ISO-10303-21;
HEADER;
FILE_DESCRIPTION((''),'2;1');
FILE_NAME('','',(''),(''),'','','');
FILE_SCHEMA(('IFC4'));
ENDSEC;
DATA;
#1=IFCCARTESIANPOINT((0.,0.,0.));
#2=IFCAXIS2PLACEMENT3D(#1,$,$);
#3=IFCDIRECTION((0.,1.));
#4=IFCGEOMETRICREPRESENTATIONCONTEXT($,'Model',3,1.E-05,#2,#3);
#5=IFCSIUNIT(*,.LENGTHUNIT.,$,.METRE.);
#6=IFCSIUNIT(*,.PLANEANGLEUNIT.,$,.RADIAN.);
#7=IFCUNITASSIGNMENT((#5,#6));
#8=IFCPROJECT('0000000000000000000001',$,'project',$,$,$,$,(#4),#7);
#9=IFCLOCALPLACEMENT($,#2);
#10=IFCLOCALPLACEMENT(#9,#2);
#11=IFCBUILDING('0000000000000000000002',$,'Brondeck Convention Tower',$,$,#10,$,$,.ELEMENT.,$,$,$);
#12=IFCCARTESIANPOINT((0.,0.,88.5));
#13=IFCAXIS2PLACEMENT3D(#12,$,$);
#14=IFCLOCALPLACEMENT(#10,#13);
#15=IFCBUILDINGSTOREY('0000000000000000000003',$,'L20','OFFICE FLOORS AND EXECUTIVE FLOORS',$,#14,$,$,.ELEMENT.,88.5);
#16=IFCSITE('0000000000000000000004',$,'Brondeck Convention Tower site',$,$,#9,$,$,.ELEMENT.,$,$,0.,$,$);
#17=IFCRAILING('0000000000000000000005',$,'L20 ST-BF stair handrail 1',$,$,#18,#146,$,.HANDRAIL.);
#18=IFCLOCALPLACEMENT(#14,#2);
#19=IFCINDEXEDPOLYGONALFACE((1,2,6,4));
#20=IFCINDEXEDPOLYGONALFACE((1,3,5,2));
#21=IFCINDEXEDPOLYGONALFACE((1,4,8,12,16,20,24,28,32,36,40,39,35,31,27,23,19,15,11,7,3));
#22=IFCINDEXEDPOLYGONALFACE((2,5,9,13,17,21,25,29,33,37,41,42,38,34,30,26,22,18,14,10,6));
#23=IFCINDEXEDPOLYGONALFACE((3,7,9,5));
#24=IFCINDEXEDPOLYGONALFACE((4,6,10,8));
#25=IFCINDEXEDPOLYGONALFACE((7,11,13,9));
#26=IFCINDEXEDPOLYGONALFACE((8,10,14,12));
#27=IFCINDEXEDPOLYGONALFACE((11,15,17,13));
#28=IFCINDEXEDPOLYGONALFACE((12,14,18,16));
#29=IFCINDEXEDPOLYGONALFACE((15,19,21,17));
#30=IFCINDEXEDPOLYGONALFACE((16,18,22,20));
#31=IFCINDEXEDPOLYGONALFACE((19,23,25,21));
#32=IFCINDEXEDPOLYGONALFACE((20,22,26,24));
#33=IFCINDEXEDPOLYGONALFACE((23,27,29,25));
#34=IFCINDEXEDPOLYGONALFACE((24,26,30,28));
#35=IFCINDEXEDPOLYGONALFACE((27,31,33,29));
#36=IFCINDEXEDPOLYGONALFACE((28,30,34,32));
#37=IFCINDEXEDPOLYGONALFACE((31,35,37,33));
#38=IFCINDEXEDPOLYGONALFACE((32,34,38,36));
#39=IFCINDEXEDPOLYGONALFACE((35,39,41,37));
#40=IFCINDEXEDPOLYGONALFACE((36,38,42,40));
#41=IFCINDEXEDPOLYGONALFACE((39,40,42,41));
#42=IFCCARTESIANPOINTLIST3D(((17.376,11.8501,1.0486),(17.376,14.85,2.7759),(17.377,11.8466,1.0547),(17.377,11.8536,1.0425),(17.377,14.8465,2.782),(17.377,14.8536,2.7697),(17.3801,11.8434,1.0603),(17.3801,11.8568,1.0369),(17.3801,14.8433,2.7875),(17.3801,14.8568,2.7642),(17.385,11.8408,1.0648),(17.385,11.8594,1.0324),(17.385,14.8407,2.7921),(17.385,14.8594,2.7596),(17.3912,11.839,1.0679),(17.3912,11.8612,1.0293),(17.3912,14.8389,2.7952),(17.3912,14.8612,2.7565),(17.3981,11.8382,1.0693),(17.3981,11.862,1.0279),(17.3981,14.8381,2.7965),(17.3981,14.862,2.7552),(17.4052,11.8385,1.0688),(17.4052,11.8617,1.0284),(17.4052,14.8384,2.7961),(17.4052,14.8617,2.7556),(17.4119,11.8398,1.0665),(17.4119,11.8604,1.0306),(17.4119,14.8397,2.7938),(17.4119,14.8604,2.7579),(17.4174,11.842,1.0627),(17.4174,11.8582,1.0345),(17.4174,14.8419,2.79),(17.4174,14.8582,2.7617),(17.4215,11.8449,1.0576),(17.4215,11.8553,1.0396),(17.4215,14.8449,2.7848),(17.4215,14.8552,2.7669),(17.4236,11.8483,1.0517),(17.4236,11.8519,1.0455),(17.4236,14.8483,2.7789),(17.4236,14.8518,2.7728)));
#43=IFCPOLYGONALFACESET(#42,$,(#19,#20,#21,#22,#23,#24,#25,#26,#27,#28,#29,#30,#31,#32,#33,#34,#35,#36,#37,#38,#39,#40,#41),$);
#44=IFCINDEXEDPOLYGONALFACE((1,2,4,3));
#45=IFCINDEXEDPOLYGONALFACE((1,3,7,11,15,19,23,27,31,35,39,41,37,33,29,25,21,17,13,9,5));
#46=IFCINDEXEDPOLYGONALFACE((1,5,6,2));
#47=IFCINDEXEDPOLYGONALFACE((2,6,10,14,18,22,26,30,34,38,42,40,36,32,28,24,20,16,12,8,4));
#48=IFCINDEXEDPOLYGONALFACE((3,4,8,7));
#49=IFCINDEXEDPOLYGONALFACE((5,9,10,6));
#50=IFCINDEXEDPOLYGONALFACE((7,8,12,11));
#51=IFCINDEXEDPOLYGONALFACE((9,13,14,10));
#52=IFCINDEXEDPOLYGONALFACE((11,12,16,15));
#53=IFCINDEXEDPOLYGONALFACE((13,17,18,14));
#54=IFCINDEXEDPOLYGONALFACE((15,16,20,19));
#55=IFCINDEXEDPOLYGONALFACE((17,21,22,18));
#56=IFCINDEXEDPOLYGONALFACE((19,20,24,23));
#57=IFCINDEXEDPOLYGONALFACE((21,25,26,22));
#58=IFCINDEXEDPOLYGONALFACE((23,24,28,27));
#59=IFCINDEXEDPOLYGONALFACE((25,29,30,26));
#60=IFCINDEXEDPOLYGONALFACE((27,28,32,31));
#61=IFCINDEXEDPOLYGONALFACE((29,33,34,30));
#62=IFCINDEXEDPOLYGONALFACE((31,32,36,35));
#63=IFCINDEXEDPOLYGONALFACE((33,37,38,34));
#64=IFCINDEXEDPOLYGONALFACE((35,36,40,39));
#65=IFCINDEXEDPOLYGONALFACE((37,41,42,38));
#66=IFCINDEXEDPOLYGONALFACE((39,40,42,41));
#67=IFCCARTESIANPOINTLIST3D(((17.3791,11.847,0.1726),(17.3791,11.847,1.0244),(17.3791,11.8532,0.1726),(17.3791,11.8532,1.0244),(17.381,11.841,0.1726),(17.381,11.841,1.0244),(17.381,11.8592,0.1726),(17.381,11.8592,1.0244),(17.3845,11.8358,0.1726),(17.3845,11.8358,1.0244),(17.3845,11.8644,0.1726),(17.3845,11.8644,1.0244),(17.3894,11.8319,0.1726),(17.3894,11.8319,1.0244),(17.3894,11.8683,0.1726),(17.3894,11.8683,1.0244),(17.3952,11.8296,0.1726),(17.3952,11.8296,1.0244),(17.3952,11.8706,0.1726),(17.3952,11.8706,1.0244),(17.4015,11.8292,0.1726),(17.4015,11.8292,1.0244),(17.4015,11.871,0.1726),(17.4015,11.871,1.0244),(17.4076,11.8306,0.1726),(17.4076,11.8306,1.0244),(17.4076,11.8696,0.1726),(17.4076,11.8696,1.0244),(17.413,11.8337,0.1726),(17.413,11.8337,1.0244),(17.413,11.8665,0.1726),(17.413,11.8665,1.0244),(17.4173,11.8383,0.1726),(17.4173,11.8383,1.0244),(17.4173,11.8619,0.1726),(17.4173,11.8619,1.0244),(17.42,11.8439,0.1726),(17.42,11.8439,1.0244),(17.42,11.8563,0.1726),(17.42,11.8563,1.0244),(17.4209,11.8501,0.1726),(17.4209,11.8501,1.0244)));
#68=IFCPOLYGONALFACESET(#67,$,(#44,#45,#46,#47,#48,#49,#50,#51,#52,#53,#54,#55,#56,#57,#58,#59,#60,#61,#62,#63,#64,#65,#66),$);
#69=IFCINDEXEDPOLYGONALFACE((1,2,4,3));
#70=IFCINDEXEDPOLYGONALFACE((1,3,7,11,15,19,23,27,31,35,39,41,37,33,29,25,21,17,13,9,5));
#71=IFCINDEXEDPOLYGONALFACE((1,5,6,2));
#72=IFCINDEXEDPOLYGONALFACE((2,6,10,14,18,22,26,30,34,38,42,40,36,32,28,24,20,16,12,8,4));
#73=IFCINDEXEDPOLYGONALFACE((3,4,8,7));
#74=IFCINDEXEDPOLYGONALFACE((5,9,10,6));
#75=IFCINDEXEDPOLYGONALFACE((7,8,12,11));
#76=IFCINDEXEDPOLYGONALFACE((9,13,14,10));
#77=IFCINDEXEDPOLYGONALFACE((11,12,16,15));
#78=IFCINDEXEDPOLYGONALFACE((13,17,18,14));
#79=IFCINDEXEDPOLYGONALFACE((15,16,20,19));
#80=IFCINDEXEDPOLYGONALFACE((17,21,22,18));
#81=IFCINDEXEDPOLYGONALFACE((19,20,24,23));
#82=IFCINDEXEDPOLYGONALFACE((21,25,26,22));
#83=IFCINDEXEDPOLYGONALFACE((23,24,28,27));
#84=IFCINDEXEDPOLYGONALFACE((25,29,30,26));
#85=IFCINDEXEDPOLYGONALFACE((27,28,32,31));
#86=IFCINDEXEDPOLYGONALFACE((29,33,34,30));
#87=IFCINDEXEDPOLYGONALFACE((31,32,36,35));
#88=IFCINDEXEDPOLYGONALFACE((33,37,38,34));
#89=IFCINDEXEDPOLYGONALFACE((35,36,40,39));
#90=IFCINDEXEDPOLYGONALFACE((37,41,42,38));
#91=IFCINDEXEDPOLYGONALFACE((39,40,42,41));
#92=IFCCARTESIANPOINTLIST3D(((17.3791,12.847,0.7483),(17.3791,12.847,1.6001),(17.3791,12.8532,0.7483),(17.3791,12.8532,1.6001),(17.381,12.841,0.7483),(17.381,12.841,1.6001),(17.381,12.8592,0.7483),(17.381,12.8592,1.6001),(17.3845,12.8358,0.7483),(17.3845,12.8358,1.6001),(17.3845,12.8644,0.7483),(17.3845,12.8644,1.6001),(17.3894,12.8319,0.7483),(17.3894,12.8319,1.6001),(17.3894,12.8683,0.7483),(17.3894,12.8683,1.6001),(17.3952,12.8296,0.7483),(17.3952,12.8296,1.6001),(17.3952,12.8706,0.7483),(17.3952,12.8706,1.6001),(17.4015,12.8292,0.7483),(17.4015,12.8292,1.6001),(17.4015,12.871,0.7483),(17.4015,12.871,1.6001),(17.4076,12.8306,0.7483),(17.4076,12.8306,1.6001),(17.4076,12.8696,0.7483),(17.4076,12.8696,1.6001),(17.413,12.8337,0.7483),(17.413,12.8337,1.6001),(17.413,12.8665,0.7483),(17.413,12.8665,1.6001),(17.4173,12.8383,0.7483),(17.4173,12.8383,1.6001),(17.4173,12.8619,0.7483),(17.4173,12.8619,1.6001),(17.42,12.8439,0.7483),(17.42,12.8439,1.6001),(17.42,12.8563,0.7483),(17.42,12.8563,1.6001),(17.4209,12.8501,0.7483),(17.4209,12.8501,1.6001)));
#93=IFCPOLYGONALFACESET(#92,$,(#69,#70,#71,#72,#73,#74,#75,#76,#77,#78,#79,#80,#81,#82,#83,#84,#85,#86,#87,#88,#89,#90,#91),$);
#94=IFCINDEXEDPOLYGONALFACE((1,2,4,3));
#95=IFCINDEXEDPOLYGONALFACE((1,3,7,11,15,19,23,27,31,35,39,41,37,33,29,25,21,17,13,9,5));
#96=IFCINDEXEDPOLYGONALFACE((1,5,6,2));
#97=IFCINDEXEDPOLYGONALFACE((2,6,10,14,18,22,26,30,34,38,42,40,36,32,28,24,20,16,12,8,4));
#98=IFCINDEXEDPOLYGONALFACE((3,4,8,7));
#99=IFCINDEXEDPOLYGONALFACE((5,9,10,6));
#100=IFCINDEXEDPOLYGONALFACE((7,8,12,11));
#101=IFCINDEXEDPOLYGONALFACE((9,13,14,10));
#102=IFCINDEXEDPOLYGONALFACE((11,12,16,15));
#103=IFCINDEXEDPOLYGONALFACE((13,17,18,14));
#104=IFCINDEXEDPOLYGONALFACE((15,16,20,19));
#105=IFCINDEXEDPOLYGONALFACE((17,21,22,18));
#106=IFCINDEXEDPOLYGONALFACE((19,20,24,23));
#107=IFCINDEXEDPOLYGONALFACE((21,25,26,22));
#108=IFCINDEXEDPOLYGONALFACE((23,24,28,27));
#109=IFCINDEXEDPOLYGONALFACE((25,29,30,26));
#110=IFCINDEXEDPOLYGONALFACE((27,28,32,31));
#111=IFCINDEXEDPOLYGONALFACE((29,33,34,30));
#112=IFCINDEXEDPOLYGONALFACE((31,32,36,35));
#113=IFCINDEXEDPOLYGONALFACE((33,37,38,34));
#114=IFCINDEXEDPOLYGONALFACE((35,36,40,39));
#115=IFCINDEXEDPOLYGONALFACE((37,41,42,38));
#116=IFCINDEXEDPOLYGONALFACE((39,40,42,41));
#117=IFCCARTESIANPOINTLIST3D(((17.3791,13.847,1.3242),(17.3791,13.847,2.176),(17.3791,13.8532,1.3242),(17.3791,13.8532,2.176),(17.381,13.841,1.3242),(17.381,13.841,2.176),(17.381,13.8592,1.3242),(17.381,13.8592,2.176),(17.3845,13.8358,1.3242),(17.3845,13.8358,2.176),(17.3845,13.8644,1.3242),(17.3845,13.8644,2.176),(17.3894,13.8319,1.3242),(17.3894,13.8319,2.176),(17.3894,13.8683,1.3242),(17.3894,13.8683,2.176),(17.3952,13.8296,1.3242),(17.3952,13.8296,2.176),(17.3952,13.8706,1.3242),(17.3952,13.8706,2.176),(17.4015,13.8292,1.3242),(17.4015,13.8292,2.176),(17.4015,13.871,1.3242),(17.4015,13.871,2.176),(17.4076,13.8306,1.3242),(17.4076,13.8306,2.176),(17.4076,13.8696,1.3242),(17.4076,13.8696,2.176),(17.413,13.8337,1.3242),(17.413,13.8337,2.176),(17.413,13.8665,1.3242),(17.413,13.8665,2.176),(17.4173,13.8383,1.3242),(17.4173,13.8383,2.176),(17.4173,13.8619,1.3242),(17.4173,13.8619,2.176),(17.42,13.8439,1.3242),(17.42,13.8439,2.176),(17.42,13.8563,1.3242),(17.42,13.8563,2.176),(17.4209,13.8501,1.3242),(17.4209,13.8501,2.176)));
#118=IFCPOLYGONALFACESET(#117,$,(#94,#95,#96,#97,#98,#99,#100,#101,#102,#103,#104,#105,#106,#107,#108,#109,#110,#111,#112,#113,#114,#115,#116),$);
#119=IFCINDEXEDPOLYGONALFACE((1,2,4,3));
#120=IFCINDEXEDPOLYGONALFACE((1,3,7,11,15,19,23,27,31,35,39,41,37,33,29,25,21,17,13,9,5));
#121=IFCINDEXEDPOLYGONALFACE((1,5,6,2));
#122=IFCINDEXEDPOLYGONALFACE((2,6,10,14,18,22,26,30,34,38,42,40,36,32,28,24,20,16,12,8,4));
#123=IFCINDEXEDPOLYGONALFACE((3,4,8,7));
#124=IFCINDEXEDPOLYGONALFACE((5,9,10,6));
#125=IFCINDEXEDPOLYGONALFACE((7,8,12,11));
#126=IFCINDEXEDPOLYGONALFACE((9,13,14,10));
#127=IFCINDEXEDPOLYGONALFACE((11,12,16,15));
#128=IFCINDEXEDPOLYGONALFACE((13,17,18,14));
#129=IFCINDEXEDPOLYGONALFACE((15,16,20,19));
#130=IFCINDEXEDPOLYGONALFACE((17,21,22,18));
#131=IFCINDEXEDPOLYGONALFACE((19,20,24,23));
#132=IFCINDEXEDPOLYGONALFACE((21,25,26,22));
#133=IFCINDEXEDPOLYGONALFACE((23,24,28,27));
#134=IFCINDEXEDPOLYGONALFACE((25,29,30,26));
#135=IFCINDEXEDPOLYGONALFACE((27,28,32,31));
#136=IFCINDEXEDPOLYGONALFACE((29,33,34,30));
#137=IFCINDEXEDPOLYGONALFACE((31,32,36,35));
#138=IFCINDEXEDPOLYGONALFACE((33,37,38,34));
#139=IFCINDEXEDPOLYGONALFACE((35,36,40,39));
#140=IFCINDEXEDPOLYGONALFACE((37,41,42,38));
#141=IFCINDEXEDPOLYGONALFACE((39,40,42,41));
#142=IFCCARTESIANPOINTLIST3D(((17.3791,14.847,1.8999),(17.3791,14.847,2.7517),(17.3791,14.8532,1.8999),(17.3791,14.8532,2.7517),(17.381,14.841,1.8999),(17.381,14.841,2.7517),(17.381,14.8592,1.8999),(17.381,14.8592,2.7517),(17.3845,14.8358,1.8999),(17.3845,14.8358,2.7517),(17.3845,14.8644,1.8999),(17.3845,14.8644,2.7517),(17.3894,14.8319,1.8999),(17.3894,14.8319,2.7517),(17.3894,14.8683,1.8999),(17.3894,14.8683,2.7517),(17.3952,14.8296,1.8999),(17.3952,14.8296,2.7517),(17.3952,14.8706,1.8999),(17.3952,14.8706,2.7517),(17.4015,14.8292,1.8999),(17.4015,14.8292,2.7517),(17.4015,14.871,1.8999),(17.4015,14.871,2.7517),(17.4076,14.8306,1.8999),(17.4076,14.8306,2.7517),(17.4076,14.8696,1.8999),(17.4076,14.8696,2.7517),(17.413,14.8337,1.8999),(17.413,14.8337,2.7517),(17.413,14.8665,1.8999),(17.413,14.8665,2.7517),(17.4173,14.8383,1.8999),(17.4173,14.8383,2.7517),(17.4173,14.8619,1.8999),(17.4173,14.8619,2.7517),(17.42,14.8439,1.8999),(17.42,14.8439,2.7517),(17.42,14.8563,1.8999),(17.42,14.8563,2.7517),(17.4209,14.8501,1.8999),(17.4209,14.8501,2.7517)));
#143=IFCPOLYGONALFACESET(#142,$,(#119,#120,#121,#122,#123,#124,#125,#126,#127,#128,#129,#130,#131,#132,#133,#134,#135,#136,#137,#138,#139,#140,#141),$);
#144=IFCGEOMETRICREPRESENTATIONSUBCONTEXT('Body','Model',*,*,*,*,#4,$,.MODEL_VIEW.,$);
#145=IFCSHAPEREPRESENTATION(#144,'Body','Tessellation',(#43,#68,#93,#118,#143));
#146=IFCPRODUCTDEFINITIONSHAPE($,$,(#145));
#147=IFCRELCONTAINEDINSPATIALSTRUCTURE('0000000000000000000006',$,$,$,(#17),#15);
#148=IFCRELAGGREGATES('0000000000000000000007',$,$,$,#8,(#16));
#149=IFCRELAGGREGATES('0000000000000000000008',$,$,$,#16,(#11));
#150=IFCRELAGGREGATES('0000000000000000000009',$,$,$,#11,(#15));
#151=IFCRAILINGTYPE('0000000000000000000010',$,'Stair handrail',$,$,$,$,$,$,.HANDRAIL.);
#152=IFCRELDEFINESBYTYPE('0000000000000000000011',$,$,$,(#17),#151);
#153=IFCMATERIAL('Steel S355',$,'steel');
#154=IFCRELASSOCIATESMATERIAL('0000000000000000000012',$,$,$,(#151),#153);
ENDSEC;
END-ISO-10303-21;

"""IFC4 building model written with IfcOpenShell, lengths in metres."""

from ifc_helpers import new_model, si_unit, direction, frame, origin, origin_2d, place, context, subcontext, project, spatial, circle, extrude, material, type_object, element, save


model = new_model("IFC4")

# Units and contexts
model_context = context("Model", 3, precision=1e-05, world=origin(), true_north=direction((0.0, 1.0)))
body_context = subcontext(model_context, "Body", "Model", "MODEL_VIEW")
ifc_project = project(units=[si_unit("LENGTHUNIT", "METRE"), si_unit("PLANEANGLEUNIT", "RADIAN")], contexts=[model_context])

# Site, building, storey
site_placement = place(None, origin())
site = spatial("IfcSite", under=ifc_project, at=site_placement, Name="Brondeck Convention Tower site", CompositionType="ELEMENT", RefElevation=0.0)
building_placement = place(site_placement, origin())
building = spatial("IfcBuilding", under=site, at=building_placement, Name="Brondeck Convention Tower", CompositionType="ELEMENT")
storey_placement = place(building_placement, frame((0.0, 0.0, 88.5)))
storey = spatial("IfcBuildingStorey", under=building, at=storey_placement, Name="L20", Description="OFFICE FLOORS AND EXECUTIVE FLOORS", CompositionType="ELEMENT", Elevation=88.5)

# Shared definitions
ifc_material_1 = material(Name="Steel S355", Category="steel")

# Railing
railing_type_1 = type_object("IfcRailingType", Name="Stair handrail", PredefinedType="HANDRAIL", material=ifc_material_1)
railing_1_placement = place(storey_placement, frame((17.3999, 11.8501, 0.1726)))
element("IfcRailing", 1, at=railing_1_placement, inside=storey, type_object=railing_type_1, Name="L20 ST-BF stair handrail 1", PredefinedType="HANDRAIL", context=body_context, shape_type="SweptSolid", body=[
    extrude(circle(Radius=0.0239, at=origin_2d()), frame((0.0, 0.0, 0.876), z_axis=(0.0, 0.86662, 0.498969), x_axis=(-1.0, 0.0, 0.0)), (0.0, 0.0, 1.0), 3.4617),
    extrude(circle(Radius=0.021, at=origin_2d()), origin(), (0.0, 0.0, 1.0), 0.8518),
    extrude(circle(Radius=0.021, at=origin_2d()), frame((0.0, 1.0, 0.5757)), (0.0, 0.0, 1.0), 0.8518),
    extrude(circle(Radius=0.021, at=origin_2d()), frame((0.0, 2.0, 1.1516)), (0.0, 0.0, 1.0), 0.8518),
    extrude(circle(Radius=0.021, at=origin_2d()), frame((0.0, 3.0, 1.7273)), (0.0, 0.0, 1.0), 0.8518),
])

save(model, "model.ifc")
